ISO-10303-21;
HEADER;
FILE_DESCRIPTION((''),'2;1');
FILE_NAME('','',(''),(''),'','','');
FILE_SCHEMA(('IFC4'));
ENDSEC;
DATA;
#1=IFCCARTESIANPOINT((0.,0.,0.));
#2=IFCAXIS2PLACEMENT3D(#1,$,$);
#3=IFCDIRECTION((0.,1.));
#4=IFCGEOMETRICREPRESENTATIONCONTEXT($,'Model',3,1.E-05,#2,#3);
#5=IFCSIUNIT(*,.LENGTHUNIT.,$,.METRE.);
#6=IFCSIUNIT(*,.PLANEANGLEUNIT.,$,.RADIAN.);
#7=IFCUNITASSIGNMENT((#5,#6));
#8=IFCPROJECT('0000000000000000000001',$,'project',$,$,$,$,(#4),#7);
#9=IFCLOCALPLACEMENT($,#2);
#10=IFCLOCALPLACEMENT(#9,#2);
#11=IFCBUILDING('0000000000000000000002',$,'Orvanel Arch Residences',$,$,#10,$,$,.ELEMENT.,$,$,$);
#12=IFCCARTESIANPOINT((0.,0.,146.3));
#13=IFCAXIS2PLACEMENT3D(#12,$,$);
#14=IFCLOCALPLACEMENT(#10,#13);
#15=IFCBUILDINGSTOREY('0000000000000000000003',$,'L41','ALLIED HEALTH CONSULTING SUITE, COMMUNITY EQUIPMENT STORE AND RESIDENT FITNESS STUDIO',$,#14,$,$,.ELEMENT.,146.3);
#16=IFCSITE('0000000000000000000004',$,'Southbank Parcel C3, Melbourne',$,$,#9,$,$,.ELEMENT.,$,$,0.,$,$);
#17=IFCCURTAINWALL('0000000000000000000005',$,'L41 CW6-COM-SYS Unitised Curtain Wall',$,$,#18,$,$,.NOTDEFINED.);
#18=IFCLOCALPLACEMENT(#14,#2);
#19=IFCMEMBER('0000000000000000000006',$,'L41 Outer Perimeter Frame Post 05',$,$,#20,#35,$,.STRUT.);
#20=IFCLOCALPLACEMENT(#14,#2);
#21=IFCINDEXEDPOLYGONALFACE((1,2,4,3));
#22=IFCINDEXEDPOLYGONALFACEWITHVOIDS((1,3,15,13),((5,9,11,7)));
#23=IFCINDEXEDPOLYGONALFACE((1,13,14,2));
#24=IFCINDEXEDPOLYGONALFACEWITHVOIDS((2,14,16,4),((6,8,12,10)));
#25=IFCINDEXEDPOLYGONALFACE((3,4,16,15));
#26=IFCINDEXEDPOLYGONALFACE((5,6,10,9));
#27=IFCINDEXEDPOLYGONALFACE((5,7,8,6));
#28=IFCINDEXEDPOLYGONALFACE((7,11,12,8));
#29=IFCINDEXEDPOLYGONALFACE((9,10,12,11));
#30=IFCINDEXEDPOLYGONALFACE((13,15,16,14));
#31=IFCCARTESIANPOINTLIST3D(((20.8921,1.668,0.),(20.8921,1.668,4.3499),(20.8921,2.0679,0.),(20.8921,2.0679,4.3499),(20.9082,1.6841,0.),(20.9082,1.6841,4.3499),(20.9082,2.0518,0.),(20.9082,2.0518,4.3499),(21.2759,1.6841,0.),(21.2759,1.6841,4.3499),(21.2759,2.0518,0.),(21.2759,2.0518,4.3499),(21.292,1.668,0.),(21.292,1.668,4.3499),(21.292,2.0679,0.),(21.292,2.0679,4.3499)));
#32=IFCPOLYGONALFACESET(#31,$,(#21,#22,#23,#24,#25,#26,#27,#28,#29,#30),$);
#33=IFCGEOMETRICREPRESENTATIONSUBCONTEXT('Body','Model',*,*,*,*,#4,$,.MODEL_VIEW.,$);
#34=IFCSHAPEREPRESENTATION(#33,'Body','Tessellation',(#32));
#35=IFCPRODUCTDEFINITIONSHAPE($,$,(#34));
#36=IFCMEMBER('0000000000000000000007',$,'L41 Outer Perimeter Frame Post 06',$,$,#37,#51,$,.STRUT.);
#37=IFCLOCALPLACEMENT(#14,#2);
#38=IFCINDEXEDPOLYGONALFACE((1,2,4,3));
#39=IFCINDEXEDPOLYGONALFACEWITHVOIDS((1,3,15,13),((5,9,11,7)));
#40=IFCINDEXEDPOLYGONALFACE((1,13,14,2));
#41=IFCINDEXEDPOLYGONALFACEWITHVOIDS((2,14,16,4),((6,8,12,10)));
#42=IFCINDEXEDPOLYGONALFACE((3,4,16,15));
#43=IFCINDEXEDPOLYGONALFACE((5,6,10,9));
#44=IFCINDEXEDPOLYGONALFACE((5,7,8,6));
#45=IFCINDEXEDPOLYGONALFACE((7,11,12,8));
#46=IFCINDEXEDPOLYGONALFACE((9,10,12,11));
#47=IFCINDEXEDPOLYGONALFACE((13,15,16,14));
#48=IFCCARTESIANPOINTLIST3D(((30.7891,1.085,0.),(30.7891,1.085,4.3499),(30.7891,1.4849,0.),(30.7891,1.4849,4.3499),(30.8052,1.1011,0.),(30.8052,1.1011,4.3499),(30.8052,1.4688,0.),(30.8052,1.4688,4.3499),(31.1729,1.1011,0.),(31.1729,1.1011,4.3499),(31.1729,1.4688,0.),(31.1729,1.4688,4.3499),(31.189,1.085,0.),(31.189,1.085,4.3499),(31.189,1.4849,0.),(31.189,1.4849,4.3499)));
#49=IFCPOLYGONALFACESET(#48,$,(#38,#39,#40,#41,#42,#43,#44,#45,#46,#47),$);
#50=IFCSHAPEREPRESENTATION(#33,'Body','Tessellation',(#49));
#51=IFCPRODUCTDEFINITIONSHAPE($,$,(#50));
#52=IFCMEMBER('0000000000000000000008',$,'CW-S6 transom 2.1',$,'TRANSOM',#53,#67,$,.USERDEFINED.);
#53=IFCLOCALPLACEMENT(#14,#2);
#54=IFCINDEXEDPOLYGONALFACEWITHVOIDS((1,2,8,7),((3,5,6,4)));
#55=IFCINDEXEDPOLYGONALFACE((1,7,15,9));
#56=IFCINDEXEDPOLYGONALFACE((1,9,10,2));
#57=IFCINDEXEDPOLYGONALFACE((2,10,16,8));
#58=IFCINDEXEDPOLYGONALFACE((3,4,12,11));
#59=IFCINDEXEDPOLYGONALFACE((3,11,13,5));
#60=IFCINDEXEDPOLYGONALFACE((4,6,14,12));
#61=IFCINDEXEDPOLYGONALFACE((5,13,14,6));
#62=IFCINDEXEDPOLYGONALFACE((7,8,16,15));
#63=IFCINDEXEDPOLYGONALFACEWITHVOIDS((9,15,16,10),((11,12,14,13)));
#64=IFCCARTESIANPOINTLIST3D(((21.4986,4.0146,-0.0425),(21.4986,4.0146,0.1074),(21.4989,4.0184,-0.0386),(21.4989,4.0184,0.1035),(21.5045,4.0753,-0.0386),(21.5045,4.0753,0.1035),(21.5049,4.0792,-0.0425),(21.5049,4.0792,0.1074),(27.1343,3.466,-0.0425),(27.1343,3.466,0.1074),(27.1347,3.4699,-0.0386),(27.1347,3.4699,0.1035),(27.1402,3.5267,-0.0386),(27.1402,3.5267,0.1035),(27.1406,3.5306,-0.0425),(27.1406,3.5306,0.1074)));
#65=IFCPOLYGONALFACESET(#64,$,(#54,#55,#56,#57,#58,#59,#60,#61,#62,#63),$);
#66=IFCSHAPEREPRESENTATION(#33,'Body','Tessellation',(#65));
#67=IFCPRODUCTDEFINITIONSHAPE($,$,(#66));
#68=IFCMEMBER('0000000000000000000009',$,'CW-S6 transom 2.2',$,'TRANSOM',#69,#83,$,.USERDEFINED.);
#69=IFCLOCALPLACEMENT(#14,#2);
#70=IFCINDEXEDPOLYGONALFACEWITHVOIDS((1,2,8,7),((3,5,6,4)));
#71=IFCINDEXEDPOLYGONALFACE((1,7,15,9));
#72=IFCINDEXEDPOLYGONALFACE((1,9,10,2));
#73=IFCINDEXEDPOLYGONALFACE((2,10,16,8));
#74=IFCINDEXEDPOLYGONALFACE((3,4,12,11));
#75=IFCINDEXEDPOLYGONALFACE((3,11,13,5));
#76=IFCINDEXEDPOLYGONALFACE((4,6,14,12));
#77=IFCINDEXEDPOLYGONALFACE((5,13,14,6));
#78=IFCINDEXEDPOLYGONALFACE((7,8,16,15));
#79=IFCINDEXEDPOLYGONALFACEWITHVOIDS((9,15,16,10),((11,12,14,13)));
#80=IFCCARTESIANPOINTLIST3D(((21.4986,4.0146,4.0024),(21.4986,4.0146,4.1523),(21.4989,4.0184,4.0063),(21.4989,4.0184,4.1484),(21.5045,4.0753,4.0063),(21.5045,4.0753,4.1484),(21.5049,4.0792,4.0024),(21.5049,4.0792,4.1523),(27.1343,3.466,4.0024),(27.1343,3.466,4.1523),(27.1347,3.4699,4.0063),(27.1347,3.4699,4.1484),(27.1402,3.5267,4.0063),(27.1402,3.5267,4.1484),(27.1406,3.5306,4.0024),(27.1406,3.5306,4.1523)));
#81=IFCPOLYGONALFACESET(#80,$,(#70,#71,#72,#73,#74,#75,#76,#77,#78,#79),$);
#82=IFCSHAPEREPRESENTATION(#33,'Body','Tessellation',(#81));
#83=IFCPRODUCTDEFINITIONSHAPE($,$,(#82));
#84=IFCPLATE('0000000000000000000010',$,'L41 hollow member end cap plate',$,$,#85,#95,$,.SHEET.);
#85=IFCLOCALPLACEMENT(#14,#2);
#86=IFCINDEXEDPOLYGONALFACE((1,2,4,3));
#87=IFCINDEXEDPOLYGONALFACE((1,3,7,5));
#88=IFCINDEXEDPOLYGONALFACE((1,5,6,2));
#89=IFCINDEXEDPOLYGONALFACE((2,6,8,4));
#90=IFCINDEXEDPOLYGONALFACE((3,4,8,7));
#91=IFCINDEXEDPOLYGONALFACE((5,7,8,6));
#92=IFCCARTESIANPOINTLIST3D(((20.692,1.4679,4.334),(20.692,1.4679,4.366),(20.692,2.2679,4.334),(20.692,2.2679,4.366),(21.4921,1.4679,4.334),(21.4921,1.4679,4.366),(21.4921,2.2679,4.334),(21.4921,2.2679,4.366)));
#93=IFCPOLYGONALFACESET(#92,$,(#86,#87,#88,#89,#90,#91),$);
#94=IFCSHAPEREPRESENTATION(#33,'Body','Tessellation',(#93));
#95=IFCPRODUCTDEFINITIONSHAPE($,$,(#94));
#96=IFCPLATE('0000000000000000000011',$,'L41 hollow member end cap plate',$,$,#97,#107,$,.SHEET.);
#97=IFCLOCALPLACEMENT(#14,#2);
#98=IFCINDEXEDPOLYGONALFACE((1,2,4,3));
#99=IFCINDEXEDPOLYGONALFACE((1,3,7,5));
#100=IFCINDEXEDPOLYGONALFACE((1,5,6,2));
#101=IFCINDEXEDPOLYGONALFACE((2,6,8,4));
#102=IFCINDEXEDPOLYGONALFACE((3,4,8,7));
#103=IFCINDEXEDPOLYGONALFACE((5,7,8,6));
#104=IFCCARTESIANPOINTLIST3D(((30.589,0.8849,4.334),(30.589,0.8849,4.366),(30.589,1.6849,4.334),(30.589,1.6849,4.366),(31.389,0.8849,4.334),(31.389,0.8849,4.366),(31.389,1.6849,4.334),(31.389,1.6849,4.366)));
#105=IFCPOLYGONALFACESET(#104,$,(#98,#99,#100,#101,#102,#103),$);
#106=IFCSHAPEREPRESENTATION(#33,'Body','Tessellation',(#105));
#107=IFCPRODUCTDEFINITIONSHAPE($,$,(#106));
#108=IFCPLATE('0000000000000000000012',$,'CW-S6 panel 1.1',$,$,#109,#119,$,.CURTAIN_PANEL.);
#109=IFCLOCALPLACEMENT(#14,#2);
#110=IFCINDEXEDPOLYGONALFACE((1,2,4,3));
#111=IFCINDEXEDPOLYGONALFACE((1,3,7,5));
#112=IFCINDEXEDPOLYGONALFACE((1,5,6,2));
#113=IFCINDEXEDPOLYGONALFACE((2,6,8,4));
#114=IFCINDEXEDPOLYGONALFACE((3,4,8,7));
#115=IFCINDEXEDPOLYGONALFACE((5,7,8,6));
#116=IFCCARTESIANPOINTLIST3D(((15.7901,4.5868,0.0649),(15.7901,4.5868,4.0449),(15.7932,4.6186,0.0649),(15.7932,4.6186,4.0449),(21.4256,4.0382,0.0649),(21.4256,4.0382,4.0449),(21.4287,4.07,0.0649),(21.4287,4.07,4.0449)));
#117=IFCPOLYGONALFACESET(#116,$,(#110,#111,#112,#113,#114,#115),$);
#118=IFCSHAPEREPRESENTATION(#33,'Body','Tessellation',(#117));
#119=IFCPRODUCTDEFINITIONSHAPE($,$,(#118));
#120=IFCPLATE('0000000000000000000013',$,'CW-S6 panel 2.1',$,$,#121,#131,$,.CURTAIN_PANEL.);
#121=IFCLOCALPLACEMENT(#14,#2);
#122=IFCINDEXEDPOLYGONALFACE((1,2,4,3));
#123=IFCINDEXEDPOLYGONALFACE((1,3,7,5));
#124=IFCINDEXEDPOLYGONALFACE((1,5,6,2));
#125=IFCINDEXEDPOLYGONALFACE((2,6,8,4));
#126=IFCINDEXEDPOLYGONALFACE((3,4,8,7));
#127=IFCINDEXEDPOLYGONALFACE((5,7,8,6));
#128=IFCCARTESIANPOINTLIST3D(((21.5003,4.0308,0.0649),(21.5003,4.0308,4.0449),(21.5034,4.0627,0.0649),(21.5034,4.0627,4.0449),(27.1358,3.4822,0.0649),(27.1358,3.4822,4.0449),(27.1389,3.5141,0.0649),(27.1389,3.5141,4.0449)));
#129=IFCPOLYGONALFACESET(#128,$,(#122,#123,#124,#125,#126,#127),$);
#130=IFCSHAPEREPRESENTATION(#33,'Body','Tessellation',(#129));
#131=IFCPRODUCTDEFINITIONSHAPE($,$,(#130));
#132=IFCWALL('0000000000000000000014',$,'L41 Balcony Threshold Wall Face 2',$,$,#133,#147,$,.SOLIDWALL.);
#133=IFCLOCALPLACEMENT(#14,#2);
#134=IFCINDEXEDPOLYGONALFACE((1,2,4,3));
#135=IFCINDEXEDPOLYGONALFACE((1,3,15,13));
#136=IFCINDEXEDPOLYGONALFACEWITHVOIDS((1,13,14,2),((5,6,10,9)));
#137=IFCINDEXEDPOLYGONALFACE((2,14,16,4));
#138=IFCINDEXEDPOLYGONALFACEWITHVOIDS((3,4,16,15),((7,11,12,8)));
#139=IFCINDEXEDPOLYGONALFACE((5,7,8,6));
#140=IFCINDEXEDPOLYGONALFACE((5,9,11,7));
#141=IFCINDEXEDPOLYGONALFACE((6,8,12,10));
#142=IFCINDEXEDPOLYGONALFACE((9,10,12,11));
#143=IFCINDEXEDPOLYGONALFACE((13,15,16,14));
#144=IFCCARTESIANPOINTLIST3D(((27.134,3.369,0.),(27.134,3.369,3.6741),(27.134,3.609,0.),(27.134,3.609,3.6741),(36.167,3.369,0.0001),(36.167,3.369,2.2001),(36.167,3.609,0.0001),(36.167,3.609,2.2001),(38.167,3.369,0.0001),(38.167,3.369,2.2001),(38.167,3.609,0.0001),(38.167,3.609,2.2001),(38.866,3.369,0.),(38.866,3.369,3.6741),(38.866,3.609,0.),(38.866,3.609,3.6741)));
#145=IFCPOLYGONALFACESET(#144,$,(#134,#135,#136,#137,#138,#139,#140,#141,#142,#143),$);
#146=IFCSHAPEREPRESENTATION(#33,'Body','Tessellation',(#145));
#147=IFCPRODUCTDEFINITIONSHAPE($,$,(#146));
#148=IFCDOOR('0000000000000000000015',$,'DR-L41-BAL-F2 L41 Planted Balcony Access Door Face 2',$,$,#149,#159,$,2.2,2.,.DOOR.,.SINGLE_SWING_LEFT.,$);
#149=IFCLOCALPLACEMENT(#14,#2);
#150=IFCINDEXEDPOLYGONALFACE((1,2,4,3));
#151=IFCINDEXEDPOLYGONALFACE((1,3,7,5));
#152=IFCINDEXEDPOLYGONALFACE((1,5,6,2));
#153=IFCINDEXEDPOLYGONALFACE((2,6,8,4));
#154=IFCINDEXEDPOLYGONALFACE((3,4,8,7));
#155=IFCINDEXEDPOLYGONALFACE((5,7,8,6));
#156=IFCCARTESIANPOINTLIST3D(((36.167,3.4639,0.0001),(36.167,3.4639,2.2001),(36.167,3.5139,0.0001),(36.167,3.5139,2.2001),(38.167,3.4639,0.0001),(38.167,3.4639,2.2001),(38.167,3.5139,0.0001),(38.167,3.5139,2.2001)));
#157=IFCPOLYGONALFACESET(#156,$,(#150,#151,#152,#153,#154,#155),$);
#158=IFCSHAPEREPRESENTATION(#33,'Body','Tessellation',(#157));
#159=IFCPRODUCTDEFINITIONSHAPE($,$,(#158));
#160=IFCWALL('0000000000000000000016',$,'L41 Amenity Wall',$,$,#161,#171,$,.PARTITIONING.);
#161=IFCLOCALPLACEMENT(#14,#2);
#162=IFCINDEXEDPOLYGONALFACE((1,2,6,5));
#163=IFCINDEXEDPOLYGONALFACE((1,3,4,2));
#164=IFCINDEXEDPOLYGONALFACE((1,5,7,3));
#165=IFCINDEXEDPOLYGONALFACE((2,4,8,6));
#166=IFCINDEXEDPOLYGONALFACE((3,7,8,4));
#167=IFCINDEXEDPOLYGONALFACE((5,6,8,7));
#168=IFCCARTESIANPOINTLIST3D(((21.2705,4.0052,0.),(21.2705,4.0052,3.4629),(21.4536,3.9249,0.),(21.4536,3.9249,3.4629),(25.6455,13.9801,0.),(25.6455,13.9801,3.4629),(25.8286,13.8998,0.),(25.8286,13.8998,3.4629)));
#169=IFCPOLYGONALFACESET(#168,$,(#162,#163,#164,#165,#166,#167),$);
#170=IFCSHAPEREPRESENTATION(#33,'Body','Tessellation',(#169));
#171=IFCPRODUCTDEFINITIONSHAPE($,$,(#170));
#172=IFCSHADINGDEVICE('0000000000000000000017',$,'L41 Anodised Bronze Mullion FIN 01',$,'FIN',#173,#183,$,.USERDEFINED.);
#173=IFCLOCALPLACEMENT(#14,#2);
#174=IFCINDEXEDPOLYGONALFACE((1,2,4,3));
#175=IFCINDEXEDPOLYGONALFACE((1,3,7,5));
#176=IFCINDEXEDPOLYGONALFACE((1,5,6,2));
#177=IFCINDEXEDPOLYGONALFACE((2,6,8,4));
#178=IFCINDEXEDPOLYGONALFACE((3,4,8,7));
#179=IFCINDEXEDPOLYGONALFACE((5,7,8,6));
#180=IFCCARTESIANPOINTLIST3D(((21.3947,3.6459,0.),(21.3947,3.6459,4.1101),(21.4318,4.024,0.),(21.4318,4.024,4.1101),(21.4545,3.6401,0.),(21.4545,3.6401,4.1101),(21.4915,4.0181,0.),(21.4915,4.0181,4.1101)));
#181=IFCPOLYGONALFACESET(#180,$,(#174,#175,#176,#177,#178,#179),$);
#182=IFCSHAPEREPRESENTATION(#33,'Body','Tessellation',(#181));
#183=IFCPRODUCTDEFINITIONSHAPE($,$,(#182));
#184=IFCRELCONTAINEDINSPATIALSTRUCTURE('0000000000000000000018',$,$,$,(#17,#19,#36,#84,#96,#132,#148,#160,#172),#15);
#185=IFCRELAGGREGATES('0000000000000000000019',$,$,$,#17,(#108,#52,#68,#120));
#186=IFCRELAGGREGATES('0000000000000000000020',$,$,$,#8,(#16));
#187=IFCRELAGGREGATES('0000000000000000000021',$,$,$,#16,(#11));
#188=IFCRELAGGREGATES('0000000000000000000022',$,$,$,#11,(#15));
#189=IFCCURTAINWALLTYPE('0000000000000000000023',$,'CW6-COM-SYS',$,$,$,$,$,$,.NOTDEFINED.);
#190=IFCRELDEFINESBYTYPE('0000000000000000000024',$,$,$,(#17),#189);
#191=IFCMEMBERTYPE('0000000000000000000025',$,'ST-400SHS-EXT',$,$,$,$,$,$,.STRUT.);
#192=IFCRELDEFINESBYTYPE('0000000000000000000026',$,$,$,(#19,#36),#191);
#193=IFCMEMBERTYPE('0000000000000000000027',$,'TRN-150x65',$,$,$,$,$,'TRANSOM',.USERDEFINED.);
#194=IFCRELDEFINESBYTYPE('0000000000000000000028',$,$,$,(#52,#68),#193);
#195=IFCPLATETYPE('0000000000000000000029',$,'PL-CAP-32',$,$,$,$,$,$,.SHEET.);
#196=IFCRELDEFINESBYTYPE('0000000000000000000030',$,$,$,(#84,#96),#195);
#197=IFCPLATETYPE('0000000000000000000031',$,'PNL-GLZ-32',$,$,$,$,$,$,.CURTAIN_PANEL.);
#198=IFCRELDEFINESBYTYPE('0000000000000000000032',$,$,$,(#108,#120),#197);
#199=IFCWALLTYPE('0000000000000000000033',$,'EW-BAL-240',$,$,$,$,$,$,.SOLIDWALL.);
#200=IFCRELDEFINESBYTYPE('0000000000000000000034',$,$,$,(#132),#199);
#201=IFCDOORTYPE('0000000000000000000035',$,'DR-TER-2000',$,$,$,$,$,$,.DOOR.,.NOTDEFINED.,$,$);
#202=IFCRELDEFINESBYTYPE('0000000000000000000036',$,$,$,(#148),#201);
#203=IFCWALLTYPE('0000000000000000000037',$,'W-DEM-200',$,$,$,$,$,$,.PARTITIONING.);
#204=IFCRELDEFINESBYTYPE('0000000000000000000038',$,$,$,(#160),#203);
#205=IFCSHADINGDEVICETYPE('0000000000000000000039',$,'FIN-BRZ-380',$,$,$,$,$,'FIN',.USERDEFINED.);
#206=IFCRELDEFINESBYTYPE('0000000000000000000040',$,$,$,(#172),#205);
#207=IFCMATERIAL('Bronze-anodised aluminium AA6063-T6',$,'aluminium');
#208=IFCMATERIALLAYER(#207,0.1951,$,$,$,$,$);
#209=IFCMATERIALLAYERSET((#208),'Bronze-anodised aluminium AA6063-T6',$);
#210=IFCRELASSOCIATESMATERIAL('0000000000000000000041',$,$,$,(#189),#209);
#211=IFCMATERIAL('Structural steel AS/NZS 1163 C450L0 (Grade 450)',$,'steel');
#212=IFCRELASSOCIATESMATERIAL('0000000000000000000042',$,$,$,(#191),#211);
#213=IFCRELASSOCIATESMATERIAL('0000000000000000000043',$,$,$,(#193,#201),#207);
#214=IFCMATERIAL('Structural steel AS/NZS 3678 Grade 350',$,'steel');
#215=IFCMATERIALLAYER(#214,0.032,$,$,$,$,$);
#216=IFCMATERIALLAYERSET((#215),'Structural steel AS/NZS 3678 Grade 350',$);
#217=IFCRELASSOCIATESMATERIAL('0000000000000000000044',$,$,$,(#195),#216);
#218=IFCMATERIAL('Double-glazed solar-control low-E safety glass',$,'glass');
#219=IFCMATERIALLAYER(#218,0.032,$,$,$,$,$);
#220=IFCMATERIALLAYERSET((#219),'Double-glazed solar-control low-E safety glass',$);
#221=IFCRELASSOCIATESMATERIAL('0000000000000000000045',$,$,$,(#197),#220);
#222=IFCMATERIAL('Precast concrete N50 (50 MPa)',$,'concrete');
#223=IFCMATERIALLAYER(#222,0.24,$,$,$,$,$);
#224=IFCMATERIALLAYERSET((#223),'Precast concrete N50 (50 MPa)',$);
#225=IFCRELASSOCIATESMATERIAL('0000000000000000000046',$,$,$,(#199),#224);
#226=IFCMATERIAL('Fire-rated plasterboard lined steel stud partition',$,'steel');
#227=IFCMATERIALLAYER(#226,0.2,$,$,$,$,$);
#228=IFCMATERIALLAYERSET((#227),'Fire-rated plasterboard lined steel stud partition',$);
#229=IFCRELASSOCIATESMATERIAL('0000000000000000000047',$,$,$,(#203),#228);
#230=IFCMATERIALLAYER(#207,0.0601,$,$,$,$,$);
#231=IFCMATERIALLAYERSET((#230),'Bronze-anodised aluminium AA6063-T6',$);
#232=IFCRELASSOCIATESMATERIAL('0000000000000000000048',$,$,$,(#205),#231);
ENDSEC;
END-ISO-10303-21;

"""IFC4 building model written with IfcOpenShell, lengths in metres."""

from ifc_helpers import new_model, si_unit, direction, frame, frame_2d, origin, origin_2d, place, context, subcontext, project, spatial, rectangle, hollow_rectangle, extrude, material, layer, layer_set, material_profile, profile_set, type_object, element, fill, aggregate, save


model = new_model("IFC4")

# Units and contexts
model_context = context("Model", 3, precision=1e-05, world=origin(), true_north=direction((0.0, 1.0)))
body_context = subcontext(model_context, "Body", "Model", "MODEL_VIEW")
ifc_project = project(units=[si_unit("LENGTHUNIT", "METRE"), si_unit("PLANEANGLEUNIT", "RADIAN")], contexts=[model_context])

# Site, building, storey
site_placement = place(None, origin())
site = spatial("IfcSite", under=ifc_project, at=site_placement, Name="Southbank Parcel C3, Melbourne", CompositionType="ELEMENT", RefElevation=0.0)
building_placement = place(site_placement, origin())
building = spatial("IfcBuilding", under=site, at=building_placement, Name="Orvanel Arch Residences", CompositionType="ELEMENT")
storey_placement = place(building_placement, frame((0.0, 0.0, 146.3)))
storey = spatial("IfcBuildingStorey", under=building, at=storey_placement, Name="L41", Description="ALLIED HEALTH CONSULTING SUITE, COMMUNITY EQUIPMENT STORE AND RESIDENT FITNESS STUDIO", CompositionType="ELEMENT", Elevation=146.3)

# Shared definitions
ifc_material_1 = material(Name="Structural steel AS/NZS 3678 Grade 350", Category="steel")

# Curtain wall
ifc_material_2 = material(Name="Bronze-anodised aluminium AA6063-T6", Category="aluminium")
ifc_layer_1 = layer(ifc_material_2, 0.1951)
ifc_layer_set_1 = layer_set([ifc_layer_1], Name="Bronze-anodised aluminium AA6063-T6")
curtain_wall_type = type_object("IfcCurtainWallType", Name="CW6-COM-SYS", PredefinedType="NOTDEFINED", material=ifc_layer_set_1)
curtain_wall_placement = place(storey_placement, origin())
curtain_wall = element("IfcCurtainWall", 1, at=curtain_wall_placement, inside=storey, type_object=curtain_wall_type, Name="L41 CW6-COM-SYS Unitised Curtain Wall", PredefinedType="NOTDEFINED")

# Members
ifc_material_3 = material(Name="Structural steel AS/NZS 1163 C450L0 (Grade 450)", Category="steel")
ifc_material_profile_1 = material_profile(ifc_material_3, hollow_rectangle(XDim=0.3999, YDim=0.3999, WallThickness=0.0161, at=origin_2d()), Name="SHS400x400x16")
ifc_profile_set_1 = profile_set([ifc_material_profile_1], Name="Structural steel AS/NZS 1163 C450L0 (Grade 450)")
member_type_1 = type_object("IfcMemberType", Name="ST-400SHS-EXT", PredefinedType="STRUT", material=ifc_profile_set_1)
for number, where, z_axis, x_axis, name in (
    (2, (21.092, 1.8679, 0.0), (0.0, 0.0, 1.0), (1.0, 0.0, 0.0), "L41 Outer Perimeter Frame Post 05"),
    (3, (30.989, 1.2849, 0.0), (0.0, 0.0, 1.0), (1.0, 0.0, 0.0), "L41 Outer Perimeter Frame Post 06"),
):
    element("IfcMember", number, at=place(storey_placement, frame(where, z_axis=z_axis, x_axis=x_axis)), inside=storey, type_object=member_type_1, Name=name, PredefinedType="STRUT", context=body_context, shape_type="SweptSolid", body=[
        extrude(hollow_rectangle(XDim=0.3999, YDim=0.3999, WallThickness=0.0161, at=origin_2d()), origin(), (0.0, 0.0, 1.0), 4.3499),
    ])

# Members
ifc_material_profile_2 = material_profile(ifc_material_2, hollow_rectangle(XDim=0.0649, YDim=0.1499, WallThickness=0.0039, at=origin_2d()), Name="ALU150x65x4")
ifc_profile_set_2 = profile_set([ifc_material_profile_2], Name="Bronze-anodised aluminium AA6063-T6")
member_type_2 = type_object("IfcMemberType", Name="TRN-150x65", ElementType="TRANSOM", PredefinedType="USERDEFINED", material=ifc_profile_set_2)
member_1_placement = place(storey_placement, frame((21.5017, 4.0469, 0.0325), z_axis=(0.995296, -0.096882, 0.0), x_axis=(0.096882, 0.995296, 0.0)))
member_1 = element("IfcMember", 4, at=member_1_placement, type_object=member_type_2, Name="CW-S6 transom 2.1", ObjectType="TRANSOM", PredefinedType="USERDEFINED", context=body_context, shape_type="SweptSolid", body=[
    extrude(hollow_rectangle(XDim=0.0649, YDim=0.1499, WallThickness=0.0039, at=origin_2d()), origin(), (0.0, 0.0, 1.0), 5.6624),
])
member_2_placement = place(storey_placement, frame((21.5017, 4.0469, 4.0774), z_axis=(0.995296, -0.096882, 0.0), x_axis=(0.096882, 0.995296, 0.0)))
member_2 = element("IfcMember", 5, at=member_2_placement, type_object=member_type_2, Name="CW-S6 transom 2.2", ObjectType="TRANSOM", PredefinedType="USERDEFINED", context=body_context, shape_type="SweptSolid", body=[
    extrude(hollow_rectangle(XDim=0.0649, YDim=0.1499, WallThickness=0.0039, at=origin_2d()), origin(), (0.0, 0.0, 1.0), 5.6624),
])

# Plates
ifc_layer_2 = layer(ifc_material_1, 0.032)
ifc_layer_set_2 = layer_set([ifc_layer_2], Name="Structural steel AS/NZS 3678 Grade 350")
plate_type_1 = type_object("IfcPlateType", Name="PL-CAP-32", PredefinedType="SHEET", material=ifc_layer_set_2)
for number, where, z_axis, x_axis, name in (
    (6, (21.092, 1.8679, 4.334), (0.0, 0.0, 1.0), (1.0, 0.0, 0.0), "L41 hollow member end cap plate"),
    (7, (30.989, 1.2849, 4.334), (0.0, 0.0, 1.0), (1.0, 0.0, 0.0), "L41 hollow member end cap plate"),
):
    element("IfcPlate", number, at=place(storey_placement, frame(where, z_axis=z_axis, x_axis=x_axis)), inside=storey, type_object=plate_type_1, Name=name, PredefinedType="SHEET", context=body_context, shape_type="SweptSolid", body=[
        extrude(rectangle(XDim=0.8, YDim=0.8, at=origin_2d()), origin(), (0.0, 0.0, 1.0), 0.032),
    ])

# Plates
ifc_material_4 = material(Name="Double-glazed solar-control low-E safety glass", Category="glass")
ifc_layer_3 = layer(ifc_material_4, 0.032)
ifc_layer_set_3 = layer_set([ifc_layer_3], Name="Double-glazed solar-control low-E safety glass")
plate_type_2 = type_object("IfcPlateType", Name="PNL-GLZ-32", PredefinedType="CURTAIN_PANEL", material=ifc_layer_set_3)
plate_1_placement = place(storey_placement, frame((18.6094, 4.3284, 0.0649), z_axis=(0.0, 0.0, 1.0), x_axis=(0.995295, -0.096889, 0.0)))
plate_1 = element("IfcPlate", 8, at=plate_1_placement, type_object=plate_type_2, Name="CW-S6 panel 1.1", PredefinedType="CURTAIN_PANEL", context=body_context, shape_type="SweptSolid", body=[
    extrude(rectangle(XDim=5.6621, YDim=0.032, at=origin_2d()), origin(), (0.0, 0.0, 1.0), 3.98),
])
plate_2_placement = place(storey_placement, frame((24.3196, 3.7725, 0.0649), z_axis=(0.0, 0.0, 1.0), x_axis=(0.995295, -0.096889, 0.0)))
plate_2 = element("IfcPlate", 9, at=plate_2_placement, type_object=plate_type_2, Name="CW-S6 panel 2.1", PredefinedType="CURTAIN_PANEL", context=body_context, shape_type="SweptSolid", body=[
    extrude(rectangle(XDim=5.6621, YDim=0.032, at=origin_2d()), origin(), (0.0, 0.0, 1.0), 3.98),
])
aggregate(curtain_wall, [plate_1, member_1, member_2, plate_2])

# Wall, opening, door
ifc_material_5 = material(Name="Precast concrete N50 (50 MPa)", Category="concrete")
ifc_layer_4 = layer(ifc_material_5, 0.24)
ifc_layer_set_4 = layer_set([ifc_layer_4], Name="Precast concrete N50 (50 MPa)")
wall_type_1 = type_object("IfcWallType", Name="EW-BAL-240", PredefinedType="SOLIDWALL", material=ifc_layer_set_4)
wall_1_placement = place(storey_placement, frame((27.134, 3.489, 0.0), z_axis=(0.0, 0.0, 1.0), x_axis=(1.0, 0.0, 0.0)))
wall_1 = element("IfcWall", 10, at=wall_1_placement, inside=storey, type_object=wall_type_1, Name="L41 Balcony Threshold Wall Face 2", PredefinedType="SOLIDWALL", context=body_context, shape_type="SweptSolid", body=[
    extrude(rectangle(XDim=11.7319, YDim=0.24, at=frame_2d((5.866, 0.0))), origin(), (0.0, 0.0, 1.0), 3.6741),
])
opening_placement = place(wall_1_placement, frame((9.033, 0.0, 0.0)))
opening = element("IfcOpeningElement", 11, at=opening_placement, cuts=wall_1, PredefinedType="OPENING", context=body_context, shape_type="SweptSolid", body=[
    extrude(rectangle(XDim=2.0, YDim=2.2, at=frame_2d((1.0, 1.1001))), frame((0.0, 0.1299, 0.0), z_axis=(0.0, -1.0, 0.0), x_axis=(1.0, 0.0, 0.0)), (0.0, 0.0, 1.0), 0.26),
])
door_type = type_object("IfcDoorType", Name="DR-TER-2000", OperationType="NOTDEFINED", PredefinedType="DOOR", material=ifc_material_2)
door_placement = place(opening_placement, origin())
door = element("IfcDoor", 12, at=door_placement, inside=storey, type_object=door_type, Name="DR-L41-BAL-F2 L41 Planted Balcony Access Door Face 2", OperationType="SINGLE_SWING_LEFT", OverallHeight=2.2, OverallWidth=2.0, PredefinedType="DOOR", context=body_context, shape_type="SweptSolid", body=[
    extrude(rectangle(XDim=2.0, YDim=2.2, at=frame_2d((1.0, 1.1001))), frame((0.0, 0.0249, 0.0), z_axis=(0.0, -1.0, 0.0), x_axis=(1.0, 0.0, 0.0)), (0.0, 0.0, 1.0), 0.05),
])
fill(opening, door)

# Wall
ifc_material_6 = material(Name="Fire-rated plasterboard lined steel stud partition", Category="steel")
ifc_layer_5 = layer(ifc_material_6, 0.2)
ifc_layer_set_5 = layer_set([ifc_layer_5], Name="Fire-rated plasterboard lined steel stud partition")
wall_type_2 = type_object("IfcWallType", Name="W-DEM-200", PredefinedType="PARTITIONING", material=ifc_layer_set_5)
wall_2_placement = place(storey_placement, frame((21.3621, 3.9651, 0.0), z_axis=(0.0, 0.0, 1.0), x_axis=(0.401666, 0.915786, 0.0)))
element("IfcWall", 13, at=wall_2_placement, inside=storey, type_object=wall_type_2, Name="L41 Amenity Wall", PredefinedType="PARTITIONING", context=body_context, shape_type="SweptSolid", body=[
    extrude(rectangle(XDim=10.8921, YDim=0.2, at=frame_2d((5.446, 0.0))), origin(), (0.0, 0.0, 1.0), 3.4629),
])

# Shading device
ifc_layer_6 = layer(ifc_material_2, 0.0601)
ifc_layer_set_6 = layer_set([ifc_layer_6], Name="Bronze-anodised aluminium AA6063-T6")
shading_device_type = type_object("IfcShadingDeviceType", Name="FIN-BRZ-380", ElementType="FIN", PredefinedType="USERDEFINED", material=ifc_layer_set_6)
shading_device_placement = place(storey_placement, frame((21.4431, 3.832, 0.0), z_axis=(0.0, 0.0, 1.0), x_axis=(-0.097583, -0.995227, 0.0)))
element("IfcShadingDevice", 14, at=shading_device_placement, inside=storey, type_object=shading_device_type, Name="L41 Anodised Bronze Mullion FIN 01", ObjectType="FIN", PredefinedType="USERDEFINED", context=body_context, shape_type="SweptSolid", body=[
    extrude(rectangle(XDim=0.3799, YDim=0.0601, at=origin_2d()), origin(), (0.0, 0.0, 1.0), 4.1101),
])

save(model, "model.ifc")
